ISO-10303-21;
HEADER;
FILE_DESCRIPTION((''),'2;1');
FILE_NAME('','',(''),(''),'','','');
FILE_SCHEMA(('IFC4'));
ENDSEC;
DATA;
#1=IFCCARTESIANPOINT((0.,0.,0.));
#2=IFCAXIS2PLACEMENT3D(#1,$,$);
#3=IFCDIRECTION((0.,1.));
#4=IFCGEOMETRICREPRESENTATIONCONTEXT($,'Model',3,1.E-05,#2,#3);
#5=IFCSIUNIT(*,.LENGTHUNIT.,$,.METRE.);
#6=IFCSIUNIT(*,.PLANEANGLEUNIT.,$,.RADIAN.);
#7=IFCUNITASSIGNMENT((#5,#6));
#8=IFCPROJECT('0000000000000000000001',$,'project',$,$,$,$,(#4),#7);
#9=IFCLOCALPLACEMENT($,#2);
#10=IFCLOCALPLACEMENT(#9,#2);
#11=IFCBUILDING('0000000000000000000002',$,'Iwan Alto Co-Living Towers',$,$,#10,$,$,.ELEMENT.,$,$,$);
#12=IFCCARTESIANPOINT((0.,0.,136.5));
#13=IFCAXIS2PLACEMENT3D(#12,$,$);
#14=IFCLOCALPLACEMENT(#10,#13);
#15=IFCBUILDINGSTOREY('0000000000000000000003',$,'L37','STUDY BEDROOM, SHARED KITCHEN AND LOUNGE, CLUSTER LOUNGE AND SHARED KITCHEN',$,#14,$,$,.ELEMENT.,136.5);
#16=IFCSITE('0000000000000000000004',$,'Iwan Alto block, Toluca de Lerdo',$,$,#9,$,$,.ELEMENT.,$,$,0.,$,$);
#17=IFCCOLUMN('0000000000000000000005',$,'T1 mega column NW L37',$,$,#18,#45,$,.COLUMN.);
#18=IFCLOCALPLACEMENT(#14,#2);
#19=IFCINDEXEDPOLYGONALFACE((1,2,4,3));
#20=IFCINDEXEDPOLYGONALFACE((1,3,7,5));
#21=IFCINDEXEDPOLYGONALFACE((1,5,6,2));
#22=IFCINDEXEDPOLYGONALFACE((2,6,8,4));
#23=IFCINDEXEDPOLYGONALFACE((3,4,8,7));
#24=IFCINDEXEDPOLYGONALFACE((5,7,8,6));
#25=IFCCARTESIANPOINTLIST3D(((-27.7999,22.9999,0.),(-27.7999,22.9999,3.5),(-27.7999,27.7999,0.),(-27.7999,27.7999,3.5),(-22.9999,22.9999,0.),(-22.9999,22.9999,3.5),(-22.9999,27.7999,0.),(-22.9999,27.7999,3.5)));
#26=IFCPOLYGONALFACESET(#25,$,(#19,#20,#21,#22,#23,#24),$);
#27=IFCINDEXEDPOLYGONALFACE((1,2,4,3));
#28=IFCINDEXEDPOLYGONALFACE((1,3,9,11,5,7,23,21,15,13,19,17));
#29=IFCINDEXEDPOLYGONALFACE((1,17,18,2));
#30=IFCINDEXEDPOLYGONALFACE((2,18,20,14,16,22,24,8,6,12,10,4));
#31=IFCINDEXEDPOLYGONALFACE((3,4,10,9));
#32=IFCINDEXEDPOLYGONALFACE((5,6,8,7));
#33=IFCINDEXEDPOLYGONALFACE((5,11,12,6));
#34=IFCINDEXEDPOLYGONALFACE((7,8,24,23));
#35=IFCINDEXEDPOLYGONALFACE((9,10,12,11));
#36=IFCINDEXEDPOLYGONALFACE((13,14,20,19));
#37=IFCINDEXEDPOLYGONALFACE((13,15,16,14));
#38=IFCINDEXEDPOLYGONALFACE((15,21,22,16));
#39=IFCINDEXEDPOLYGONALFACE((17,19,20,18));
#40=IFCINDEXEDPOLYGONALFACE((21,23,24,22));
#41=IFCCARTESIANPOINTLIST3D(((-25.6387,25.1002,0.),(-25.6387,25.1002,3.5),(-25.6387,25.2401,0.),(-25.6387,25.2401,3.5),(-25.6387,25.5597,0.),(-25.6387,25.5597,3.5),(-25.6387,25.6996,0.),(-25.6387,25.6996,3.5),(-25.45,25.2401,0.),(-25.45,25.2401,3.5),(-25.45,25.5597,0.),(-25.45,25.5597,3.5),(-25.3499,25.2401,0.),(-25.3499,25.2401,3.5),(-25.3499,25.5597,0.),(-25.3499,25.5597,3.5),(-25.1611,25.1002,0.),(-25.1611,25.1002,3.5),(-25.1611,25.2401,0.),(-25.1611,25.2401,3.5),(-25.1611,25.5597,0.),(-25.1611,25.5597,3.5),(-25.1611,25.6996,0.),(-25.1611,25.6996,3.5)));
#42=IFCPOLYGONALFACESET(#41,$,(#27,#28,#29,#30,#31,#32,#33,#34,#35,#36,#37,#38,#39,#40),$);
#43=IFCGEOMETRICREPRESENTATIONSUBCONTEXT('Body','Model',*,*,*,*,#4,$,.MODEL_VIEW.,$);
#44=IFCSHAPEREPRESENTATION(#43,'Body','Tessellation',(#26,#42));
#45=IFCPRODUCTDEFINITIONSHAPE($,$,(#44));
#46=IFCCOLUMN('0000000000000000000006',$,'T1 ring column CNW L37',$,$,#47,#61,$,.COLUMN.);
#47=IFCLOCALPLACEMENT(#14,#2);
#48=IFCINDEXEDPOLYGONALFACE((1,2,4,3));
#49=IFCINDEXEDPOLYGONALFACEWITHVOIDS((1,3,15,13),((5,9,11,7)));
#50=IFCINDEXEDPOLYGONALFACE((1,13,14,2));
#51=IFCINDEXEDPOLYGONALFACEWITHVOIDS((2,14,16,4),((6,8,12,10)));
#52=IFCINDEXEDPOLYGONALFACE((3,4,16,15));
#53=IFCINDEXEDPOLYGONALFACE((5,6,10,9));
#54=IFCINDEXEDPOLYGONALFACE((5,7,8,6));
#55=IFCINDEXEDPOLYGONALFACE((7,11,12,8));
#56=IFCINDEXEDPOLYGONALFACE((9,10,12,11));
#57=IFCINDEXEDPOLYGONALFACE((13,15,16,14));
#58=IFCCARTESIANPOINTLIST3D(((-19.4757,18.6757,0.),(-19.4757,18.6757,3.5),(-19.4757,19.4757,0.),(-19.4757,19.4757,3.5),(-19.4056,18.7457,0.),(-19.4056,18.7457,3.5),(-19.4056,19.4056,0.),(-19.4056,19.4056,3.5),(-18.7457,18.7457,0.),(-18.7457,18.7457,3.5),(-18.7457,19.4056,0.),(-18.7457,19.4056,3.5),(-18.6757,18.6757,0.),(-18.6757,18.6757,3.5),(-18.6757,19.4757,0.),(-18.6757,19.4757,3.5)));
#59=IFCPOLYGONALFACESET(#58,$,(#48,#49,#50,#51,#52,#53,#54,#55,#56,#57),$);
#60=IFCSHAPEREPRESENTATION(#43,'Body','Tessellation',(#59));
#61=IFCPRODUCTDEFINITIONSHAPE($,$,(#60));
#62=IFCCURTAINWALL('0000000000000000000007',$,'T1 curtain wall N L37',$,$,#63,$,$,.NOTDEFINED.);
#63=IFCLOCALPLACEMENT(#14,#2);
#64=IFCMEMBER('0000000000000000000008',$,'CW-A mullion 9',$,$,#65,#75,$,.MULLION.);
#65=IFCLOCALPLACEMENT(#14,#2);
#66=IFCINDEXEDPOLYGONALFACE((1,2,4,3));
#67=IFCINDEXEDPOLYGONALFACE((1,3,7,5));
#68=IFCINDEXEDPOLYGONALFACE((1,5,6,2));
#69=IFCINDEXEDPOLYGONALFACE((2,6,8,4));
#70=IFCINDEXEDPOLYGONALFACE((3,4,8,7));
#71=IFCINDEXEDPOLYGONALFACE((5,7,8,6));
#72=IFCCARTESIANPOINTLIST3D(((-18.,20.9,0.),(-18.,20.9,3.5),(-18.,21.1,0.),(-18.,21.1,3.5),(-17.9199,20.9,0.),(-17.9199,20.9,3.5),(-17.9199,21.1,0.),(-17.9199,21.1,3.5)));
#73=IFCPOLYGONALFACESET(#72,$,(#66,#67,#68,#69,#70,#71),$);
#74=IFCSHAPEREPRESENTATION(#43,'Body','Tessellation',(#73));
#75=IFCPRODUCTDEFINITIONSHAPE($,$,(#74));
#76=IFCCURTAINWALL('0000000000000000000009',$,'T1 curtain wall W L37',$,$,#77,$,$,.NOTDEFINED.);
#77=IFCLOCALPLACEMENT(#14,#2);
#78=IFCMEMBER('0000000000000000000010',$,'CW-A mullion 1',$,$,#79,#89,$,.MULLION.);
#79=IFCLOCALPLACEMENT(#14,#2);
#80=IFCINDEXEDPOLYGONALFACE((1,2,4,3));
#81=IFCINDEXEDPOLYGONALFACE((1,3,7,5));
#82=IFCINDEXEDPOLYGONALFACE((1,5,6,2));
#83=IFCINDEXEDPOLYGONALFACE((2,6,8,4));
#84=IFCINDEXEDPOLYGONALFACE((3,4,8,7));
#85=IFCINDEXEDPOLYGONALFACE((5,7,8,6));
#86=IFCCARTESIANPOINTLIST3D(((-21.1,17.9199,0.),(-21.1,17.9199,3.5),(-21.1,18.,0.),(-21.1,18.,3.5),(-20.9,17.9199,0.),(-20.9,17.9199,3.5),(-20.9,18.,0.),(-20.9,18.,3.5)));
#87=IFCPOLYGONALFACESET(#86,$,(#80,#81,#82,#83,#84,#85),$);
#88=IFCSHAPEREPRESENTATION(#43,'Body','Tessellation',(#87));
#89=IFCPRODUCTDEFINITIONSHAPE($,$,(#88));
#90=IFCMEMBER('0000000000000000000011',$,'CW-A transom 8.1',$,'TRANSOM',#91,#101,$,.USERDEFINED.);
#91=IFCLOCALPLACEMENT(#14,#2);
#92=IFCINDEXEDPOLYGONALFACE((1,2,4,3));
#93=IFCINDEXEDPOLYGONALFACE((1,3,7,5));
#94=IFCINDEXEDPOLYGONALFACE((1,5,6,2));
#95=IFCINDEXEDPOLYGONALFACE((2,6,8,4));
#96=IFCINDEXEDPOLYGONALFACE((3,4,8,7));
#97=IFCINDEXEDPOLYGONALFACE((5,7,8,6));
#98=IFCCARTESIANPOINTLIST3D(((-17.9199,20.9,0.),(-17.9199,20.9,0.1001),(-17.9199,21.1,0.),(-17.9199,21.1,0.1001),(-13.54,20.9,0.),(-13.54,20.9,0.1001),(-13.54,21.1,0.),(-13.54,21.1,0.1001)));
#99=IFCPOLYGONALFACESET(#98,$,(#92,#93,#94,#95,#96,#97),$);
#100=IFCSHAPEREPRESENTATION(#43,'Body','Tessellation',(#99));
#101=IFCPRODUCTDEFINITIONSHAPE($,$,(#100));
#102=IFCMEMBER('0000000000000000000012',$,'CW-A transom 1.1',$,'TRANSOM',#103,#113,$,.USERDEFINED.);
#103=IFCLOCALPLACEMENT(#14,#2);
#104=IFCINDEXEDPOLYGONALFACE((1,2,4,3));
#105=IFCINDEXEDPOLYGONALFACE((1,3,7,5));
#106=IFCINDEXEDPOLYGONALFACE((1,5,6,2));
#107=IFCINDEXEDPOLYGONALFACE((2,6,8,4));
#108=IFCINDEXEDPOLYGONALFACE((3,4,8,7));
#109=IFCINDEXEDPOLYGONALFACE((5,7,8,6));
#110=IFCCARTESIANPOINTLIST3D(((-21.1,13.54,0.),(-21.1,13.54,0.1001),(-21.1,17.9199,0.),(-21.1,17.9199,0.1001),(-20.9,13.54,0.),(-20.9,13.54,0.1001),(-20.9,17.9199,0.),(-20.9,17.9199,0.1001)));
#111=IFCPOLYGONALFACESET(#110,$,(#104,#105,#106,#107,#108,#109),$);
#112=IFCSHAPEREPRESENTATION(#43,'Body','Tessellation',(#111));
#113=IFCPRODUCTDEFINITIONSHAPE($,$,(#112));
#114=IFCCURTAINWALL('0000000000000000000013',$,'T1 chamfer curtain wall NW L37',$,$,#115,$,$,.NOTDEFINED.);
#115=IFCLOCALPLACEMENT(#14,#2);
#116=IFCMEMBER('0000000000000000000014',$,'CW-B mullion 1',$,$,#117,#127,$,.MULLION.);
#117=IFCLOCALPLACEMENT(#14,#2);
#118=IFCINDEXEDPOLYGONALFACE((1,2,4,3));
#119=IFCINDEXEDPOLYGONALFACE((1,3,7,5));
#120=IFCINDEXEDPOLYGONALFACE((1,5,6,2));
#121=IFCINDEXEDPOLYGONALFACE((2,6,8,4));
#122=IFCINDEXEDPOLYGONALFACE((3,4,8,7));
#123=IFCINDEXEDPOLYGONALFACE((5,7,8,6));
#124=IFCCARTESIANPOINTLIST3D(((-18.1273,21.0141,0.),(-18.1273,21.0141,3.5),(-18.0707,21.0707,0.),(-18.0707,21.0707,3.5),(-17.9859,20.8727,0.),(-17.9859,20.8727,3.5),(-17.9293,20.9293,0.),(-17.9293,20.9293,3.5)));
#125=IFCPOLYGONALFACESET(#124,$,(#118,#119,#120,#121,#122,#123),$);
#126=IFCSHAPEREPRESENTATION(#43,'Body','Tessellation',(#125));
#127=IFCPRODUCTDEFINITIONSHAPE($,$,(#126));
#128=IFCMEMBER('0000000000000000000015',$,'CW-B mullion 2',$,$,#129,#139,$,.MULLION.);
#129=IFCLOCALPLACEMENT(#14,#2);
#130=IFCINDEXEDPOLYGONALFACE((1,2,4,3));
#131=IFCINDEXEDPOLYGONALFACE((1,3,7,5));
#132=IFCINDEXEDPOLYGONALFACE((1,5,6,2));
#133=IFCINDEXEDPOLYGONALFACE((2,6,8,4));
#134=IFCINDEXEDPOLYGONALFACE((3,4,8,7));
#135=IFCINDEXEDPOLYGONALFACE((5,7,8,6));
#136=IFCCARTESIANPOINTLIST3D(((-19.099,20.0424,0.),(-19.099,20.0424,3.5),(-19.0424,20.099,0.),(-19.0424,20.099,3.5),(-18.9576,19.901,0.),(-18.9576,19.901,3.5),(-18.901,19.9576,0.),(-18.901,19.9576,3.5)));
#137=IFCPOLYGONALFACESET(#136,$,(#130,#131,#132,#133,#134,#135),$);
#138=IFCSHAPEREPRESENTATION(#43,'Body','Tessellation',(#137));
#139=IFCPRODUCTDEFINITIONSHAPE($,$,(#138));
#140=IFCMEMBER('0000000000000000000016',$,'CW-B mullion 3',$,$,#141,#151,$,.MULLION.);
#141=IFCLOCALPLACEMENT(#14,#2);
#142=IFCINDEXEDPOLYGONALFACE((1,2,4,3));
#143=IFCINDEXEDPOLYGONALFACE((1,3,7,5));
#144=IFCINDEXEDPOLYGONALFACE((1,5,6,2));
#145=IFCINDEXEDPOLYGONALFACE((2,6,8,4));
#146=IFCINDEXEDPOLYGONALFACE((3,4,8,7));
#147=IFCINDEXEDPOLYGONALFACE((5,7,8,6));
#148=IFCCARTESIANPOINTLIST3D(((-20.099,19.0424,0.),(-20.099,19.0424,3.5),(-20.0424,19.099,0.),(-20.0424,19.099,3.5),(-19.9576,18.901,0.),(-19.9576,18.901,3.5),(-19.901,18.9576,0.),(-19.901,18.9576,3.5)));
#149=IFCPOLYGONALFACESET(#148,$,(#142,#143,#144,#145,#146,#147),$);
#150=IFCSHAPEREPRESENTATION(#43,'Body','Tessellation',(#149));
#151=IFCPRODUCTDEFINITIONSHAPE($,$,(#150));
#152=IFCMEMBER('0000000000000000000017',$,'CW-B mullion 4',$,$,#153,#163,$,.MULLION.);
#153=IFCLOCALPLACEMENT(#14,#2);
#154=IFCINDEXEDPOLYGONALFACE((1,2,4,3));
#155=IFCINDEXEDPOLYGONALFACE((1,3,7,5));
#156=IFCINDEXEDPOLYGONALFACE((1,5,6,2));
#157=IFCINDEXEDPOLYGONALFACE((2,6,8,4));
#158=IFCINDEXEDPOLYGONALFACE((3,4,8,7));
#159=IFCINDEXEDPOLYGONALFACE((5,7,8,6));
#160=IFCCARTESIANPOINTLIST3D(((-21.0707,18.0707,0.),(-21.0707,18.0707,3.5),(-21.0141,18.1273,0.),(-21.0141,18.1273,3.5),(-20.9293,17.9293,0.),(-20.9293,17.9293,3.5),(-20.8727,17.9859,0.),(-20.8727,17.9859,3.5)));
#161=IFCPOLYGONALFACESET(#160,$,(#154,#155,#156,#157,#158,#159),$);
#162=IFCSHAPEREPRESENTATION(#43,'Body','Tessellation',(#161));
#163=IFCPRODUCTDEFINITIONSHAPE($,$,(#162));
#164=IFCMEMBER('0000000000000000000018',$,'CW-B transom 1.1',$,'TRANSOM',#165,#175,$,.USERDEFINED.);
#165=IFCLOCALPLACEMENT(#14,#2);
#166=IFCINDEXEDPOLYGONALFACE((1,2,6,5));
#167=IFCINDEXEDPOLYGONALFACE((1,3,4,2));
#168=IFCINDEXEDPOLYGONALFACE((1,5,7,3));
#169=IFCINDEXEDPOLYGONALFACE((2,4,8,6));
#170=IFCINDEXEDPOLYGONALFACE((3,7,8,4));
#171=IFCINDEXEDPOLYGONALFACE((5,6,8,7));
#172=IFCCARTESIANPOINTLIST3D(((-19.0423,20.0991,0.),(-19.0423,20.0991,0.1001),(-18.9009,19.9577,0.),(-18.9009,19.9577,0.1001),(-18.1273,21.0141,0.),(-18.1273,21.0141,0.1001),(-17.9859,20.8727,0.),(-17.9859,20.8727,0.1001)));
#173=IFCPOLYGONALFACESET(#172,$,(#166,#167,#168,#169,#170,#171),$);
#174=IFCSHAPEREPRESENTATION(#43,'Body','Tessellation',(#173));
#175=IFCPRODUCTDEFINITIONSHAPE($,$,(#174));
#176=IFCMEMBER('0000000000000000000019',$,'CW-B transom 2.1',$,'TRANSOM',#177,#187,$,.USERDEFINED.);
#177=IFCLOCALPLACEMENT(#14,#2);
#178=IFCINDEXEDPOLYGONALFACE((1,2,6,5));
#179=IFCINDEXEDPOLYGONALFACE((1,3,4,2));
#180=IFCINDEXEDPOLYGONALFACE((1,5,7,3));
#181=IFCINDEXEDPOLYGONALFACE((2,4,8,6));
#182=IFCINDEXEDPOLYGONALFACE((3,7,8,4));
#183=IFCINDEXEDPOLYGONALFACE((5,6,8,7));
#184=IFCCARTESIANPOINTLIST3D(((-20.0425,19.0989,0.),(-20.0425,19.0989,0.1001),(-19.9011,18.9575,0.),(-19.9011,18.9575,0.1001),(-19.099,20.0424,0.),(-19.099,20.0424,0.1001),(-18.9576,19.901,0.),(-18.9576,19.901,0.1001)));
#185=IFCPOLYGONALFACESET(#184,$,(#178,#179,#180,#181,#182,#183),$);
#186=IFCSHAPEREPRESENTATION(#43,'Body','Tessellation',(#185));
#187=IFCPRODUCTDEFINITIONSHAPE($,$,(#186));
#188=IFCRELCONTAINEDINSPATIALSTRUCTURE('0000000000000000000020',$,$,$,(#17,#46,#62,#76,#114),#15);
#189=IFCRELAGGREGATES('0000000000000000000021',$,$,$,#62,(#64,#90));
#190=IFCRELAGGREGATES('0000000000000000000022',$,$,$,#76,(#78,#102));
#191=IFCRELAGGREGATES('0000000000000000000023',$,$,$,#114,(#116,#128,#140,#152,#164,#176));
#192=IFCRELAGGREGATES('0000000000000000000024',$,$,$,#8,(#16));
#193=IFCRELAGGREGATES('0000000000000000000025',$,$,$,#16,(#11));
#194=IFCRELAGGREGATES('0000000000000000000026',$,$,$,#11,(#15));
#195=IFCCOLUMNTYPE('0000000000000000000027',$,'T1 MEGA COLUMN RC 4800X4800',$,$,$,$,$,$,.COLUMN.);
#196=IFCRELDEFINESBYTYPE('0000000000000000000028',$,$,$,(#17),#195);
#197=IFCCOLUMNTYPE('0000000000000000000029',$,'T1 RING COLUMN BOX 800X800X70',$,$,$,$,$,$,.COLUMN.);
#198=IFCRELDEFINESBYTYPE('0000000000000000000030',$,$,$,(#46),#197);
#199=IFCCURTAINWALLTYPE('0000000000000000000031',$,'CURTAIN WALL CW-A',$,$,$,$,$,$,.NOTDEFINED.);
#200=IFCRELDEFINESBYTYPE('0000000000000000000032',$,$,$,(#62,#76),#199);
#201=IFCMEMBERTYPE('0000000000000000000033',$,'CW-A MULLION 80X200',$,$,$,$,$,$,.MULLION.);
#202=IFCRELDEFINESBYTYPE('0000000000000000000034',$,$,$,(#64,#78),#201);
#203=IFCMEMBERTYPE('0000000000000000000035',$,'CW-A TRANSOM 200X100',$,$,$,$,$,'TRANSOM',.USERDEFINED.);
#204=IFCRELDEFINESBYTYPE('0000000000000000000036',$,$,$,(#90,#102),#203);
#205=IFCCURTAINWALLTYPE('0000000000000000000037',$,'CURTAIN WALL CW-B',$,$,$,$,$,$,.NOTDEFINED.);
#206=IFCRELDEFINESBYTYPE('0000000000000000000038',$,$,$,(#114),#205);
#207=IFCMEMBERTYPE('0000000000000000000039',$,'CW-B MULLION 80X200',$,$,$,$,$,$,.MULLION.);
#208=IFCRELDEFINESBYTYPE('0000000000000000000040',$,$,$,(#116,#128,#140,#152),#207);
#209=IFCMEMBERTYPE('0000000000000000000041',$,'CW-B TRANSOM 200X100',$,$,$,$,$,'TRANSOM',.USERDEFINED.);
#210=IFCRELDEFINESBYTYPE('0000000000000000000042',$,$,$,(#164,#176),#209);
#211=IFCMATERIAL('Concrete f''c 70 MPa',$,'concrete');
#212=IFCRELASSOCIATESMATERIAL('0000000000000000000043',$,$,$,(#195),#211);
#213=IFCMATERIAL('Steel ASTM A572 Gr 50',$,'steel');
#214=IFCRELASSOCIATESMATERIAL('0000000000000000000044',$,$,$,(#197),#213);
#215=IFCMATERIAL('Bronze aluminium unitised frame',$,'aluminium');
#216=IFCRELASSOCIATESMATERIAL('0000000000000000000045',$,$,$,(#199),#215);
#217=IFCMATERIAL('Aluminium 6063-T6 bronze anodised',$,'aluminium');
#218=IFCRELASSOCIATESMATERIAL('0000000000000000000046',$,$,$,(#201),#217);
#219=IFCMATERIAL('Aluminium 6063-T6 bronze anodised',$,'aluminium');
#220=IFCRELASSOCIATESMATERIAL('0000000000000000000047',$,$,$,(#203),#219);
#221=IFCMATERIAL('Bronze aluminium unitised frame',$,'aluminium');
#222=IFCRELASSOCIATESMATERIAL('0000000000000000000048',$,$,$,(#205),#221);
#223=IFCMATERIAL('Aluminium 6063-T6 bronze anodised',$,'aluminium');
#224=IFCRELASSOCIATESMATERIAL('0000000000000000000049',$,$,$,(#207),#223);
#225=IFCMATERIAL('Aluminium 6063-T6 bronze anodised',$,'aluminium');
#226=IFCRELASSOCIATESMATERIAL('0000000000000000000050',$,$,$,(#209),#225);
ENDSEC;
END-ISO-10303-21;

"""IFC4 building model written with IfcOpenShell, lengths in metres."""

from ifc_helpers import new_model, si_unit, direction, frame, origin, origin_2d, place, context, subcontext, project, spatial, rectangle, hollow_rectangle, i_section, extrude, material, material_profile, profile_set, type_object, element, aggregate, save


model = new_model("IFC4")

# Units and contexts
model_context = context("Model", 3, precision=1e-05, world=origin(), true_north=direction((0.0, 1.0)))
body_context = subcontext(model_context, "Body", "Model", "MODEL_VIEW")
ifc_project = project(units=[si_unit("LENGTHUNIT", "METRE"), si_unit("PLANEANGLEUNIT", "RADIAN")], contexts=[model_context])

# Site, building, storey
site_placement = place(None, origin())
site = spatial("IfcSite", under=ifc_project, at=site_placement, Name="Iwan Alto block, Toluca de Lerdo", CompositionType="ELEMENT", RefElevation=0.0)
building_placement = place(site_placement, origin())
building = spatial("IfcBuilding", under=site, at=building_placement, Name="Iwan Alto Co-Living Towers", CompositionType="ELEMENT")
storey_placement = place(building_placement, frame((0.0, 0.0, 136.5)))
storey = spatial("IfcBuildingStorey", under=building, at=storey_placement, Name="L37", Description="STUDY BEDROOM, SHARED KITCHEN AND LOUNGE, CLUSTER LOUNGE AND SHARED KITCHEN", CompositionType="ELEMENT", Elevation=136.5)

# Columns
ifc_material_1 = material(Name="Concrete f'c 70 MPa", Category="concrete")
ifc_material_profile_1 = material_profile(ifc_material_1, rectangle(XDim=4.8, YDim=4.8, at=origin_2d()), Name="RC 4800X4800")
ifc_profile_set_1 = profile_set([ifc_material_profile_1], Name="Concrete f'c 70 MPa")
column_type_1 = type_object("IfcColumnType", Name="T1 MEGA COLUMN RC 4800X4800", PredefinedType="COLUMN", material=ifc_profile_set_1)
column_1_placement = place(storey_placement, frame((-25.3999, 25.3999, 0.0), z_axis=(0.0, 0.0, 1.0), x_axis=(1.0, 0.0, 0.0)))
element("IfcColumn", 1, at=column_1_placement, inside=storey, type_object=column_type_1, Name="T1 mega column NW L37", PredefinedType="COLUMN", context=body_context, shape_type="SweptSolid", body=[
    extrude(rectangle(XDim=4.8, YDim=4.8, at=origin_2d()), origin(), (0.0, 0.0, 1.0), 3.5),
    extrude(i_section(OverallWidth=0.4775, OverallDepth=0.5994, WebThickness=0.1001, FlangeThickness=0.1399, at=origin_2d()), origin(), (0.0, 0.0, 1.0), 3.5),
])
ifc_material_2 = material(Name="Steel ASTM A572 Gr 50", Category="steel")
ifc_material_profile_2 = material_profile(ifc_material_2, hollow_rectangle(XDim=0.8, YDim=0.8, WallThickness=0.0701, at=origin_2d()), Name="BOX 800X800X70")
ifc_profile_set_2 = profile_set([ifc_material_profile_2], Name="Steel ASTM A572 Gr 50")
column_type_2 = type_object("IfcColumnType", Name="T1 RING COLUMN BOX 800X800X70", PredefinedType="COLUMN", material=ifc_profile_set_2)
column_2_placement = place(storey_placement, frame((-19.0757, 19.0757, 0.0), z_axis=(0.0, 0.0, 1.0), x_axis=(1.0, 0.0, 0.0)))
element("IfcColumn", 2, at=column_2_placement, inside=storey, type_object=column_type_2, Name="T1 ring column CNW L37", PredefinedType="COLUMN", context=body_context, shape_type="SweptSolid", body=[
    extrude(hollow_rectangle(XDim=0.8, YDim=0.8, WallThickness=0.0701, at=origin_2d()), origin(), (0.0, 0.0, 1.0), 3.5),
])

# Curtain walls, members
ifc_material_3 = material(Name="Bronze aluminium unitised frame", Category="aluminium")
curtain_wall_type_1 = type_object("IfcCurtainWallType", Name="CURTAIN WALL CW-A", PredefinedType="NOTDEFINED", material=ifc_material_3)
curtain_wall_1_placement = place(storey_placement, origin())
curtain_wall_1 = element("IfcCurtainWall", 3, at=curtain_wall_1_placement, inside=storey, type_object=curtain_wall_type_1, Name="T1 curtain wall N L37", PredefinedType="NOTDEFINED")
ifc_material_4 = material(Name="Aluminium 6063-T6 bronze anodised", Category="aluminium")
ifc_material_profile_3 = material_profile(ifc_material_4, rectangle(XDim=0.2, YDim=0.0801, at=origin_2d()), Name="AL 80X200")
ifc_profile_set_3 = profile_set([ifc_material_profile_3], Name="Aluminium 6063-T6 bronze anodised")
member_type_1 = type_object("IfcMemberType", Name="CW-A MULLION 80X200", PredefinedType="MULLION", material=ifc_profile_set_3)
member_1_placement = place(storey_placement, frame((-17.96, 21.0, 0.0), z_axis=(0.0, 0.0, 1.0), x_axis=(0.0, -1.0, 0.0)))
member_1 = element("IfcMember", 4, at=member_1_placement, type_object=member_type_1, Name="CW-A mullion 9", PredefinedType="MULLION", context=body_context, shape_type="SweptSolid", body=[
    extrude(rectangle(XDim=0.2, YDim=0.0801, at=origin_2d()), origin(), (0.0, 0.0, 1.0), 3.5),
])
curtain_wall_2_placement = place(storey_placement, origin())
curtain_wall_2 = element("IfcCurtainWall", 5, at=curtain_wall_2_placement, inside=storey, type_object=curtain_wall_type_1, Name="T1 curtain wall W L37", PredefinedType="NOTDEFINED")
member_2_placement = place(storey_placement, frame((-21.0, 17.96, 0.0), z_axis=(0.0, 0.0, 1.0), x_axis=(1.0, 0.0, 0.0)))
member_2 = element("IfcMember", 6, at=member_2_placement, type_object=member_type_1, Name="CW-A mullion 1", PredefinedType="MULLION", context=body_context, shape_type="SweptSolid", body=[
    extrude(rectangle(XDim=0.2, YDim=0.0801, at=origin_2d()), origin(), (0.0, 0.0, 1.0), 3.5),
])

# Members
ifc_material_5 = material(Name="Aluminium 6063-T6 bronze anodised", Category="aluminium")
ifc_material_profile_4 = material_profile(ifc_material_5, rectangle(XDim=0.2, YDim=0.1001, at=origin_2d()), Name="AL 200X100")
ifc_profile_set_4 = profile_set([ifc_material_profile_4], Name="Aluminium 6063-T6 bronze anodised")
member_type_2 = type_object("IfcMemberType", Name="CW-A TRANSOM 200X100", ElementType="TRANSOM", PredefinedType="USERDEFINED", material=ifc_profile_set_4)
member_3_placement = place(storey_placement, frame((-13.54, 21.0, 0.05), z_axis=(-1.0, 0.0, 0.0), x_axis=(0.0, -1.0, 0.0)))
member_3 = element("IfcMember", 7, at=member_3_placement, type_object=member_type_2, Name="CW-A transom 8.1", ObjectType="TRANSOM", PredefinedType="USERDEFINED", context=body_context, shape_type="SweptSolid", body=[
    extrude(rectangle(XDim=0.2, YDim=0.1001, at=origin_2d()), origin(), (0.0, 0.0, 1.0), 4.3799),
])
member_4_placement = place(storey_placement, frame((-21.0, 17.9199, 0.05), z_axis=(0.0, -1.0, 0.0), x_axis=(1.0, 0.0, 0.0)))
member_4 = element("IfcMember", 8, at=member_4_placement, type_object=member_type_2, Name="CW-A transom 1.1", ObjectType="TRANSOM", PredefinedType="USERDEFINED", context=body_context, shape_type="SweptSolid", body=[
    extrude(rectangle(XDim=0.2, YDim=0.1001, at=origin_2d()), origin(), (0.0, 0.0, 1.0), 4.3799),
])

# Curtain wall, members
ifc_material_6 = material(Name="Bronze aluminium unitised frame", Category="aluminium")
curtain_wall_type_2 = type_object("IfcCurtainWallType", Name="CURTAIN WALL CW-B", PredefinedType="NOTDEFINED", material=ifc_material_6)
curtain_wall_3_placement = place(storey_placement, origin())
curtain_wall_3 = element("IfcCurtainWall", 9, at=curtain_wall_3_placement, inside=storey, type_object=curtain_wall_type_2, Name="T1 chamfer curtain wall NW L37", PredefinedType="NOTDEFINED")
ifc_material_7 = material(Name="Aluminium 6063-T6 bronze anodised", Category="aluminium")
ifc_material_profile_5 = material_profile(ifc_material_7, rectangle(XDim=0.2, YDim=0.0801, at=origin_2d()), Name="AL 80X200")
ifc_profile_set_5 = profile_set([ifc_material_profile_5], Name="Aluminium 6063-T6 bronze anodised")
member_type_3 = type_object("IfcMemberType", Name="CW-B MULLION 80X200", PredefinedType="MULLION", material=ifc_profile_set_5)
member_5_placement = place(storey_placement, frame((-18.0283, 20.9717, 0.0), z_axis=(0.0, 0.0, 1.0), x_axis=(0.707107, -0.707107, 0.0)))
member_5 = element("IfcMember", 10, at=member_5_placement, type_object=member_type_3, Name="CW-B mullion 1", PredefinedType="MULLION", context=body_context, shape_type="SweptSolid", body=[
    extrude(rectangle(XDim=0.2, YDim=0.0801, at=origin_2d()), origin(), (0.0, 0.0, 1.0), 3.5),
])
member_6_placement = place(storey_placement, frame((-19.0, 20.0, 0.0), z_axis=(0.0, 0.0, 1.0), x_axis=(0.707107, -0.707107, 0.0)))
member_6 = element("IfcMember", 11, at=member_6_placement, type_object=member_type_3, Name="CW-B mullion 2", PredefinedType="MULLION", context=body_context, shape_type="SweptSolid", body=[
    extrude(rectangle(XDim=0.2, YDim=0.0801, at=origin_2d()), origin(), (0.0, 0.0, 1.0), 3.5),
])
member_7_placement = place(storey_placement, frame((-20.0, 19.0, 0.0), z_axis=(0.0, 0.0, 1.0), x_axis=(0.707107, -0.707107, 0.0)))
member_7 = element("IfcMember", 12, at=member_7_placement, type_object=member_type_3, Name="CW-B mullion 3", PredefinedType="MULLION", context=body_context, shape_type="SweptSolid", body=[
    extrude(rectangle(XDim=0.2, YDim=0.0801, at=origin_2d()), origin(), (0.0, 0.0, 1.0), 3.5),
])
member_8_placement = place(storey_placement, frame((-20.9717, 18.0283, 0.0), z_axis=(0.0, 0.0, 1.0), x_axis=(0.707107, -0.707107, 0.0)))
member_8 = element("IfcMember", 13, at=member_8_placement, type_object=member_type_3, Name="CW-B mullion 4", PredefinedType="MULLION", context=body_context, shape_type="SweptSolid", body=[
    extrude(rectangle(XDim=0.2, YDim=0.0801, at=origin_2d()), origin(), (0.0, 0.0, 1.0), 3.5),
])
ifc_material_8 = material(Name="Aluminium 6063-T6 bronze anodised", Category="aluminium")
ifc_material_profile_6 = material_profile(ifc_material_8, rectangle(XDim=0.2, YDim=0.1001, at=origin_2d()), Name="AL 200X100")
ifc_profile_set_6 = profile_set([ifc_material_profile_6], Name="Aluminium 6063-T6 bronze anodised")
member_type_4 = type_object("IfcMemberType", Name="CW-B TRANSOM 200X100", ElementType="TRANSOM", PredefinedType="USERDEFINED", material=ifc_profile_set_6)
member_9_placement = place(storey_placement, frame((-18.0566, 20.9434, 0.05), z_axis=(-0.707107, -0.707107, 0.0), x_axis=(0.707107, -0.707107, 0.0)))
member_9 = element("IfcMember", 14, at=member_9_placement, type_object=member_type_4, Name="CW-B transom 1.1", ObjectType="TRANSOM", PredefinedType="USERDEFINED", context=body_context, shape_type="SweptSolid", body=[
    extrude(rectangle(XDim=0.2, YDim=0.1001, at=origin_2d()), origin(), (0.0, 0.0, 1.0), 1.2939),
])
member_10_placement = place(storey_placement, frame((-19.0283, 19.9717, 0.05), z_axis=(-0.707107, -0.707107, 0.0), x_axis=(0.707107, -0.707107, 0.0)))
member_10 = element("IfcMember", 15, at=member_10_placement, type_object=member_type_4, Name="CW-B transom 2.1", ObjectType="TRANSOM", PredefinedType="USERDEFINED", context=body_context, shape_type="SweptSolid", body=[
    extrude(rectangle(XDim=0.2, YDim=0.1001, at=origin_2d()), origin(), (0.0, 0.0, 1.0), 1.3342),
])

aggregate(curtain_wall_1, [member_1, member_3])
aggregate(curtain_wall_2, [member_2, member_4])
aggregate(curtain_wall_3, [member_5, member_6, member_7, member_8, member_9, member_10])

save(model, "model.ifc")
